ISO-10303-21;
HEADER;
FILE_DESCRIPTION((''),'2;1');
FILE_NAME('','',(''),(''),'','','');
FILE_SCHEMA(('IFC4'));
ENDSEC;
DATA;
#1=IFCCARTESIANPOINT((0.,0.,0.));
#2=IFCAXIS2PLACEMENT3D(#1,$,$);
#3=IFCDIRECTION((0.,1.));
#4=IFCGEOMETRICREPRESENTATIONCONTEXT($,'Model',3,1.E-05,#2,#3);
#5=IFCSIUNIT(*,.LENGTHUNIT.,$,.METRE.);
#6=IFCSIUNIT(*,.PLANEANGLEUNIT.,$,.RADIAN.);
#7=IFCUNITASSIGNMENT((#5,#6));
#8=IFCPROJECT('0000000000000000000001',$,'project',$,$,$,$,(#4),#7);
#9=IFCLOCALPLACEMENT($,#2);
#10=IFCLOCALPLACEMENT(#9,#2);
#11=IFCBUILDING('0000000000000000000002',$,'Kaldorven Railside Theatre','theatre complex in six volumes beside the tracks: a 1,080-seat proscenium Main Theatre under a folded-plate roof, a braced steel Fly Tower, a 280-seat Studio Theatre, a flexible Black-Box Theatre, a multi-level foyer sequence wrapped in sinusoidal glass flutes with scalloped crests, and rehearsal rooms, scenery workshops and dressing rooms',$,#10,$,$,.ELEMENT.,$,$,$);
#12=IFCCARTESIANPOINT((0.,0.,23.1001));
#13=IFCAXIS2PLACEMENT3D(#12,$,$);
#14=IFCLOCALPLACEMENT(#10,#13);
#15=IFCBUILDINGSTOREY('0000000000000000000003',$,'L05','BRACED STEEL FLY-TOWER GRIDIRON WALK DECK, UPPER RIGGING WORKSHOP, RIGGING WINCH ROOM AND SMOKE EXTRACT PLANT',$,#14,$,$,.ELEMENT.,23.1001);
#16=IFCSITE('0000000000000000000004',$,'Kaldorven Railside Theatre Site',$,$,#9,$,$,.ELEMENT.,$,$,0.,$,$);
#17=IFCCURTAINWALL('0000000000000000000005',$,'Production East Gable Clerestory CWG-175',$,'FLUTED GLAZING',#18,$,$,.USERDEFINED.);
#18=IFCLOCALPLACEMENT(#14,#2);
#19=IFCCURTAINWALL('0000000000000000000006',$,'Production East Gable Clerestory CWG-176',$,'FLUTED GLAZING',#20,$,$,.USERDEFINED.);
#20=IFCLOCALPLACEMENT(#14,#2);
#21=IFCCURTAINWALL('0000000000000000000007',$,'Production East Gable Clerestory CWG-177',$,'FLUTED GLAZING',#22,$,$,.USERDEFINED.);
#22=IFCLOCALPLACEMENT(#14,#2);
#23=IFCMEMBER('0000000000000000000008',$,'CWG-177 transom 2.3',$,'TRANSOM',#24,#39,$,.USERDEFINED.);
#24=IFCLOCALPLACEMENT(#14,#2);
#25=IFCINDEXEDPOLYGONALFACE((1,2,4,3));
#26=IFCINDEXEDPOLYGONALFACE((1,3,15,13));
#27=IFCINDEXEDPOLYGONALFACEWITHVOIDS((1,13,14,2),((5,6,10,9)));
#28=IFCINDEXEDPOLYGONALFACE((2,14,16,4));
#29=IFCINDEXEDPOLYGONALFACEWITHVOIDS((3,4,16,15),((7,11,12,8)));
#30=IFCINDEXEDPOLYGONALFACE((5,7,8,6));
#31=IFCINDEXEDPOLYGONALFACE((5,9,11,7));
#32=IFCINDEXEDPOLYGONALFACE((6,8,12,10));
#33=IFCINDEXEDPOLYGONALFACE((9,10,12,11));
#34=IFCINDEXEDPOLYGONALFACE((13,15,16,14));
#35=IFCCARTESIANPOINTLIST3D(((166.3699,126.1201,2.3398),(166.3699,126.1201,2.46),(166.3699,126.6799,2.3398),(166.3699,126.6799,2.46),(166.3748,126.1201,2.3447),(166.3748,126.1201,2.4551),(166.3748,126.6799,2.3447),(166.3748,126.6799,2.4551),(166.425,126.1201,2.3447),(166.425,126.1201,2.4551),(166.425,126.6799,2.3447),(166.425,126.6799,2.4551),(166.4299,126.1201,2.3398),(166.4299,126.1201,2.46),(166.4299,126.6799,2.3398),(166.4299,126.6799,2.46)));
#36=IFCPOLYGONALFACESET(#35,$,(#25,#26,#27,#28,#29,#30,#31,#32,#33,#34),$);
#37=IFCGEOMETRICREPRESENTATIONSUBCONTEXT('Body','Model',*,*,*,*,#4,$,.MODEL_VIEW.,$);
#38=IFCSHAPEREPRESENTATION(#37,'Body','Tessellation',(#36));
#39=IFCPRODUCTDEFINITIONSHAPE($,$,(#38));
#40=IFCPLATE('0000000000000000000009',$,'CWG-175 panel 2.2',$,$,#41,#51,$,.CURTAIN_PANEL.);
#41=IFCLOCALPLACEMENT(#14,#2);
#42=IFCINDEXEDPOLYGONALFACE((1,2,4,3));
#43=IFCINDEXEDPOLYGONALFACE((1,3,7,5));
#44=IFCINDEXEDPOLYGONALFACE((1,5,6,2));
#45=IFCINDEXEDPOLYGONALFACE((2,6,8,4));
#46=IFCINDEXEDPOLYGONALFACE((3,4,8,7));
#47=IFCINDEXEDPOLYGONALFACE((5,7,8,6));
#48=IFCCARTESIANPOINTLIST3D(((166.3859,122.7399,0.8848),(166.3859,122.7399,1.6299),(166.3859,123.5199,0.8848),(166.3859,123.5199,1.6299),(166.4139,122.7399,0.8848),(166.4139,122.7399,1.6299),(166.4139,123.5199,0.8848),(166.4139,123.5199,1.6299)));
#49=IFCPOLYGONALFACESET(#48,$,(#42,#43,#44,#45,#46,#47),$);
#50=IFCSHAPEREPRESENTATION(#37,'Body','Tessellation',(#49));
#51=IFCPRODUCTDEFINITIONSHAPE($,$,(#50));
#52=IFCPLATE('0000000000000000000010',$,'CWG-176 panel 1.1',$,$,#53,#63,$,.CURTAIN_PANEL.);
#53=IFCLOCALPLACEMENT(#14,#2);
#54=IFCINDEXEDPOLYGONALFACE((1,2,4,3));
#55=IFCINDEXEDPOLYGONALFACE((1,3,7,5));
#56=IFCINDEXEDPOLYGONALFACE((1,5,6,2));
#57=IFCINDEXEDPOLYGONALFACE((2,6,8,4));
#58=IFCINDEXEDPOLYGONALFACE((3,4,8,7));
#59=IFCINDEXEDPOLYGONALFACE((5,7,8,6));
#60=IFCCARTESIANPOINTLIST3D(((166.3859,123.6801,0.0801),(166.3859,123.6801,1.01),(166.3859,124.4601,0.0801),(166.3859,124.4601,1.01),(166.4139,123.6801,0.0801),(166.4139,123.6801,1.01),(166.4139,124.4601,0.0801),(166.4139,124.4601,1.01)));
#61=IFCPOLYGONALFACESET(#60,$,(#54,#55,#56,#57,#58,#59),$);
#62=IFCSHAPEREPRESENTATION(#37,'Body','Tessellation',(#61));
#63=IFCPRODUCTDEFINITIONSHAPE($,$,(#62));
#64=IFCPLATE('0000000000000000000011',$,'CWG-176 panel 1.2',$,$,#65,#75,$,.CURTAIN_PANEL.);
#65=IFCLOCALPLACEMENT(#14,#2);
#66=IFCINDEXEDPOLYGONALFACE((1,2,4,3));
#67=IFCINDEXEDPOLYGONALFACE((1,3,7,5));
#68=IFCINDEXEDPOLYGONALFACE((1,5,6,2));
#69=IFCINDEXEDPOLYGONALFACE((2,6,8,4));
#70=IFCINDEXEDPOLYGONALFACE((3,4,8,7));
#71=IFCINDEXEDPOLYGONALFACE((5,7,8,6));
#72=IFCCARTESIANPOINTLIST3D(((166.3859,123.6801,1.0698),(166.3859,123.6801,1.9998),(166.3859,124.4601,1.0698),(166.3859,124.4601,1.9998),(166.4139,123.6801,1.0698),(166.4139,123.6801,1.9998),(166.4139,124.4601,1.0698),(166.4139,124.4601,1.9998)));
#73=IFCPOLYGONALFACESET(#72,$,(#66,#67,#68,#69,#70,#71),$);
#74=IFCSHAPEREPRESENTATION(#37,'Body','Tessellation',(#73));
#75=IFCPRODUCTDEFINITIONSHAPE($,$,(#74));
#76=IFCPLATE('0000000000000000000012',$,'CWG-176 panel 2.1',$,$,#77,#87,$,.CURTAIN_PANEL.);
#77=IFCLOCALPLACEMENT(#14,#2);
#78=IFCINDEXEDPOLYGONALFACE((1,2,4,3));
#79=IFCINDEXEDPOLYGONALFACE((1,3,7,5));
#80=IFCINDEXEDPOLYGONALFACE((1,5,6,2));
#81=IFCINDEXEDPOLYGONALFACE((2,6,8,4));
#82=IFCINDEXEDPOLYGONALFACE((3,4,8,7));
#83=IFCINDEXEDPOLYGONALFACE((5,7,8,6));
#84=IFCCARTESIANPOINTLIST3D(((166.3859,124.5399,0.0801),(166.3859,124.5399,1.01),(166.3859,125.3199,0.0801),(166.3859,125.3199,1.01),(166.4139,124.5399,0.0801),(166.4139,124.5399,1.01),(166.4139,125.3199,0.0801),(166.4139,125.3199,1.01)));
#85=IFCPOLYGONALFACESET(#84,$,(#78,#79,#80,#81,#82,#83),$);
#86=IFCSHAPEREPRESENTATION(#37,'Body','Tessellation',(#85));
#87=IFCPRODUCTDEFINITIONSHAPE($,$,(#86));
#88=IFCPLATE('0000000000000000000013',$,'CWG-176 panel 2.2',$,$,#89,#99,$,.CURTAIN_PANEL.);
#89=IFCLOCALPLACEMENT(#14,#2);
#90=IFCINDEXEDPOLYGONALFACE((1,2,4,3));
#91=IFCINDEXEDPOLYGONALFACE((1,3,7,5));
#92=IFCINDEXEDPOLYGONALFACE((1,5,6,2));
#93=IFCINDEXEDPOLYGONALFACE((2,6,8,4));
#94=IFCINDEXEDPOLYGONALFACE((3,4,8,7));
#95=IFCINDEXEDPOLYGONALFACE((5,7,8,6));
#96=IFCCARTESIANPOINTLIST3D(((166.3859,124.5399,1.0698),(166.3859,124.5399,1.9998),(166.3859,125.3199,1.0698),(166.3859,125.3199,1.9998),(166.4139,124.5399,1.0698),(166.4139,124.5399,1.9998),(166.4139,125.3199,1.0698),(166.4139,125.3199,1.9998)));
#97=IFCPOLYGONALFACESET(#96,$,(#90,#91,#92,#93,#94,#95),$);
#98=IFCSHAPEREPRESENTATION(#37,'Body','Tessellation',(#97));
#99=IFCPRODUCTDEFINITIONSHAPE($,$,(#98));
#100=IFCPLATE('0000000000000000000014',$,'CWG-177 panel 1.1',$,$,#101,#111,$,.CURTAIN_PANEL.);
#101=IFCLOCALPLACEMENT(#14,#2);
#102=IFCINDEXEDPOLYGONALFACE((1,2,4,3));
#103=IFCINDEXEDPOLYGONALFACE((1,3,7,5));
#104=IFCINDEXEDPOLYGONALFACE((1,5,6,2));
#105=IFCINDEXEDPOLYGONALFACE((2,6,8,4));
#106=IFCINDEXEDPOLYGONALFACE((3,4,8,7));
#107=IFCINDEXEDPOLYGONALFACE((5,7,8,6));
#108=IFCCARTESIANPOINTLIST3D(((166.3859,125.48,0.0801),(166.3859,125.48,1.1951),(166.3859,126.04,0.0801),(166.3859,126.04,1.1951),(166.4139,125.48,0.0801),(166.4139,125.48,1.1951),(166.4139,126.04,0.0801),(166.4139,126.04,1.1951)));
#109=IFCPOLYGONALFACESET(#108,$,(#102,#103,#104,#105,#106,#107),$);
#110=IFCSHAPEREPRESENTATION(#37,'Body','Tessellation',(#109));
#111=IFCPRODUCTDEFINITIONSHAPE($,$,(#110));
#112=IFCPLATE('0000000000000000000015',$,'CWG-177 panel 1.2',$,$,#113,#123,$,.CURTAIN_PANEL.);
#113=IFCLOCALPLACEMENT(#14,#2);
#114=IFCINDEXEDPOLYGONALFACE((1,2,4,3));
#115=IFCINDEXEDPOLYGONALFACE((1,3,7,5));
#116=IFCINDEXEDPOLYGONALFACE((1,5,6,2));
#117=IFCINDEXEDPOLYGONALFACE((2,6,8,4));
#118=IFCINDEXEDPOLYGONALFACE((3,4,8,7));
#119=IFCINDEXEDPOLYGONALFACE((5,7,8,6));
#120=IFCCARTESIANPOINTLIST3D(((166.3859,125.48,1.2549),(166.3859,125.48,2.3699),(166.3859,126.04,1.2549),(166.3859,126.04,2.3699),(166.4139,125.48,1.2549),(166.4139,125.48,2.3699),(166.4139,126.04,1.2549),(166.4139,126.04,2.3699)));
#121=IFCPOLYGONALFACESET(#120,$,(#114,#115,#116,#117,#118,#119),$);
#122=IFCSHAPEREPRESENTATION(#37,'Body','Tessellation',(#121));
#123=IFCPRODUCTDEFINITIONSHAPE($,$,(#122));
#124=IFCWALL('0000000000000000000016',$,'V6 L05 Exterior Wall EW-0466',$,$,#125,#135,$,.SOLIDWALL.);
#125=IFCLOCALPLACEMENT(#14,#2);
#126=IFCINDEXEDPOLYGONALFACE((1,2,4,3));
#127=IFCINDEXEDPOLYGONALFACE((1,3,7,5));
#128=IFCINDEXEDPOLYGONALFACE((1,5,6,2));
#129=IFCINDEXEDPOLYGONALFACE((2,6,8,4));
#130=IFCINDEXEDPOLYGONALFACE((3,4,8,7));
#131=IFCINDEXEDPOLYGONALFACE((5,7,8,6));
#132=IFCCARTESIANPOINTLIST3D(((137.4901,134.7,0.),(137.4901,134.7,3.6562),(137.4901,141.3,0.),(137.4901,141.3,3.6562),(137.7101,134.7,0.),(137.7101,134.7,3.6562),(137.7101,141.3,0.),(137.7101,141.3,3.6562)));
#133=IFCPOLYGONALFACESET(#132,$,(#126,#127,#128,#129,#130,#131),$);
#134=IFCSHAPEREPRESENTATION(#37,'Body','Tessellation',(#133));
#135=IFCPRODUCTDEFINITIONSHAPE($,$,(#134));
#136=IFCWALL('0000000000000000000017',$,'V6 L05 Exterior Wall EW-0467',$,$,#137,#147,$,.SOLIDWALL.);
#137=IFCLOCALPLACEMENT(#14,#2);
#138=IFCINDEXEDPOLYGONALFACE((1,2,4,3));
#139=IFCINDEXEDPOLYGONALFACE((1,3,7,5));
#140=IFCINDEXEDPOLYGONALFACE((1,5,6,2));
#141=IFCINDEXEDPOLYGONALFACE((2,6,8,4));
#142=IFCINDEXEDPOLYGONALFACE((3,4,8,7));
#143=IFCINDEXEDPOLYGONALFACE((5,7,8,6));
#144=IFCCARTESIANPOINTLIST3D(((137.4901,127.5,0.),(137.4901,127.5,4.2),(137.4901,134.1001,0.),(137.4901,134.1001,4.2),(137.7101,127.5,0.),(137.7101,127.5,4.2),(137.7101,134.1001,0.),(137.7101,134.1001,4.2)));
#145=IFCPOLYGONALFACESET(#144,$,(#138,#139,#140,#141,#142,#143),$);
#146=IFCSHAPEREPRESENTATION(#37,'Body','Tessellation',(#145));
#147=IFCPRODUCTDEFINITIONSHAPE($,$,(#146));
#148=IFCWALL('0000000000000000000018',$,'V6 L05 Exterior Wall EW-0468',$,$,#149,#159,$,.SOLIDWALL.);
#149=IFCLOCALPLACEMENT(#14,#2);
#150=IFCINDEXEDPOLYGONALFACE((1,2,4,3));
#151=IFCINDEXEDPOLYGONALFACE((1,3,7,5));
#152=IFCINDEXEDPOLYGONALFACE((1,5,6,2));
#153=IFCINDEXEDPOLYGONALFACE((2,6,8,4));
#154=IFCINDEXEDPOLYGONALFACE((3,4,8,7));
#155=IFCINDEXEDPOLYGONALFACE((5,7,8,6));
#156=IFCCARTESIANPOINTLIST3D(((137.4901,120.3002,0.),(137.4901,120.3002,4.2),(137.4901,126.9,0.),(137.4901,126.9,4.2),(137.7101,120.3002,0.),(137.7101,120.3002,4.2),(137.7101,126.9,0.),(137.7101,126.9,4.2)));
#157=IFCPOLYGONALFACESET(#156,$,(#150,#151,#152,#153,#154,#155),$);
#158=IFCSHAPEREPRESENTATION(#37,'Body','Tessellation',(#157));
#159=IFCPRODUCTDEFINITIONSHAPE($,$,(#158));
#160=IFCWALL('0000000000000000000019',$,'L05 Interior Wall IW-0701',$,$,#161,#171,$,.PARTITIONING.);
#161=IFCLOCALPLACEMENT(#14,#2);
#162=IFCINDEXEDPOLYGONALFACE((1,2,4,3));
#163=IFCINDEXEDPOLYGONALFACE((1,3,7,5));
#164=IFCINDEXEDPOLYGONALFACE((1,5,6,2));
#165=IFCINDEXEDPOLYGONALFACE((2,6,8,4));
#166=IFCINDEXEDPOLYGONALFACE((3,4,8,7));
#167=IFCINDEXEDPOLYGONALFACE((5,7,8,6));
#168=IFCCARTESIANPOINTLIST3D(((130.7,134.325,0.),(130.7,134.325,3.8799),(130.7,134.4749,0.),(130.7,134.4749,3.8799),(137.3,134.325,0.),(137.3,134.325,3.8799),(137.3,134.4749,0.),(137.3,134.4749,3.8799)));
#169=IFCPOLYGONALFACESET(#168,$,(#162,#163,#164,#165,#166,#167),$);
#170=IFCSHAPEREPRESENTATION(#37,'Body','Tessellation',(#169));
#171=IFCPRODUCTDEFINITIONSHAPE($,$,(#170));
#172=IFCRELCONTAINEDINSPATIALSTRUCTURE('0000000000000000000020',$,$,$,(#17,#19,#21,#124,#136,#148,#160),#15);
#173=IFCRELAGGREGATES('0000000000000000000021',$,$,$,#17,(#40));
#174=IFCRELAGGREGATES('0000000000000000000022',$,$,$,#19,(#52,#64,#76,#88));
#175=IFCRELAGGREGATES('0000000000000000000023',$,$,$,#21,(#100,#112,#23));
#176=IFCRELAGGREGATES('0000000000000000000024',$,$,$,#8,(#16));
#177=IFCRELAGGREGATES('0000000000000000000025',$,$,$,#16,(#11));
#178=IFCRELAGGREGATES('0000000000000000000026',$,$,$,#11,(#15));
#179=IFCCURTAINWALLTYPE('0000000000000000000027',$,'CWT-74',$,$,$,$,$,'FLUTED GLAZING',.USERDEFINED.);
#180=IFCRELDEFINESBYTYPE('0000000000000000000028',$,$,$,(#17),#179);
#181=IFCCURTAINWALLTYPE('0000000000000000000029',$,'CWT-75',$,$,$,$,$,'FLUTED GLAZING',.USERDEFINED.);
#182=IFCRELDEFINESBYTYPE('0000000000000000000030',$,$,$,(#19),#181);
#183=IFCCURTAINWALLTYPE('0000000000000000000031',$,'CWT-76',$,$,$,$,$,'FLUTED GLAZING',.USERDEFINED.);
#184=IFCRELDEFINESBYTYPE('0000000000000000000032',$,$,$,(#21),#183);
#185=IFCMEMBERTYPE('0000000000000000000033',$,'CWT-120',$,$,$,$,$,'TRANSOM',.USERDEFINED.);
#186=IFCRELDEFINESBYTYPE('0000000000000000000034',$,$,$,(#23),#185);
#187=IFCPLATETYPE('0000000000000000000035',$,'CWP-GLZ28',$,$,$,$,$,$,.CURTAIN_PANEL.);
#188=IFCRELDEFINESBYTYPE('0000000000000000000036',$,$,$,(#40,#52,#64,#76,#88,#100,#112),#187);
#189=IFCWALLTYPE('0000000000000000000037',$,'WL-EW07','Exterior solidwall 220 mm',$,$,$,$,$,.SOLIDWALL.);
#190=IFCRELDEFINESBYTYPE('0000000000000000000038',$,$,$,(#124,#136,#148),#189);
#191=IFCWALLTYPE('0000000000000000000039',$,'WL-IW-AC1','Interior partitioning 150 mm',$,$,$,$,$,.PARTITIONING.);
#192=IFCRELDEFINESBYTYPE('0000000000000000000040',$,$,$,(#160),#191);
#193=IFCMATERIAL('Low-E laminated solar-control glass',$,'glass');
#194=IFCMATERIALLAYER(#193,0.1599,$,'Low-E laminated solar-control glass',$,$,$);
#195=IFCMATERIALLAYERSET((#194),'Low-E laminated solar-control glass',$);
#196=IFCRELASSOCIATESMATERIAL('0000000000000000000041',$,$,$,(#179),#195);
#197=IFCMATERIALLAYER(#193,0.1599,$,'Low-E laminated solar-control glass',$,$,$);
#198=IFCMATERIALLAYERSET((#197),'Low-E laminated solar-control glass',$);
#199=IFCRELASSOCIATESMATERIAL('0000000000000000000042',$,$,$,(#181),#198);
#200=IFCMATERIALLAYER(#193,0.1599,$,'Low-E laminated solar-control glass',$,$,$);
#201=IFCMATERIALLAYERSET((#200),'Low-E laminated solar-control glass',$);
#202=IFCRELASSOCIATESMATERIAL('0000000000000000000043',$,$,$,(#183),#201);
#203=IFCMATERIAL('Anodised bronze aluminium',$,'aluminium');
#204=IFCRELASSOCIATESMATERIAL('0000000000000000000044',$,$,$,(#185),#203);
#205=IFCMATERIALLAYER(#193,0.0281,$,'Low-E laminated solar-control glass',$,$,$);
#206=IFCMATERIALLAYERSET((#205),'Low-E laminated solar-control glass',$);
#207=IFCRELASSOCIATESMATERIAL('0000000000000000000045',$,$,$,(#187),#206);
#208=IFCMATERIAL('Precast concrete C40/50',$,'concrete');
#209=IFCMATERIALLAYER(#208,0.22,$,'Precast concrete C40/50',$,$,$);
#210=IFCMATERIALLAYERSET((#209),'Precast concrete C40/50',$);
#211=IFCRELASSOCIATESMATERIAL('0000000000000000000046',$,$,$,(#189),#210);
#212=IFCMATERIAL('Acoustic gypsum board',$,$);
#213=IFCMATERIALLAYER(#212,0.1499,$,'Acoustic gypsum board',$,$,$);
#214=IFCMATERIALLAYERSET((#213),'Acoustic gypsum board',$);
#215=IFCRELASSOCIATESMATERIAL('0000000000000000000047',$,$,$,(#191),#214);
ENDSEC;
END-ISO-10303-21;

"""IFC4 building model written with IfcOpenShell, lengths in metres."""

from ifc_helpers import new_model, si_unit, direction, frame, frame_2d, origin, origin_2d, place, context, subcontext, project, spatial, rectangle, hollow_rectangle, extrude, material, layer, layer_set, material_profile, profile_set, type_object, element, aggregate, save


model = new_model("IFC4")

# Units and contexts
model_context = context("Model", 3, precision=1e-05, world=origin(), true_north=direction((0.0, 1.0)))
body_context = subcontext(model_context, "Body", "Model", "MODEL_VIEW")
ifc_project = project(units=[si_unit("LENGTHUNIT", "METRE"), si_unit("PLANEANGLEUNIT", "RADIAN")], contexts=[model_context])

# Site, building, storey
site_placement = place(None, origin())
site = spatial("IfcSite", under=ifc_project, at=site_placement, Name="Kaldorven Railside Theatre Site", CompositionType="ELEMENT", RefElevation=0.0)
building_placement = place(site_placement, origin())
building = spatial("IfcBuilding", under=site, at=building_placement, Name="Kaldorven Railside Theatre", Description="theatre complex in six volumes beside the tracks: a 1,080-seat proscenium Main Theatre under a folded-plate roof, a braced steel Fly Tower, a 280-seat Studio Theatre, a flexible Black-Box Theatre, a multi-level foyer sequence wrapped in sinusoidal glass flutes with scalloped crests, and rehearsal rooms, scenery workshops and dressing rooms", CompositionType="ELEMENT")
storey_placement = place(building_placement, frame((0.0, 0.0, 23.1001)))
storey = spatial("IfcBuildingStorey", under=building, at=storey_placement, Name="L05", Description="BRACED STEEL FLY-TOWER GRIDIRON WALK DECK, UPPER RIGGING WORKSHOP, RIGGING WINCH ROOM AND SMOKE EXTRACT PLANT", CompositionType="ELEMENT", Elevation=23.1001)

# Curtain wall
ifc_material_1 = material(Name="Low-E laminated solar-control glass", Category="glass")
ifc_layer_1 = layer(ifc_material_1, 0.1599, Name="Low-E laminated solar-control glass")
ifc_layer_set_1 = layer_set([ifc_layer_1], Name="Low-E laminated solar-control glass")
curtain_wall_type_1 = type_object("IfcCurtainWallType", Name="CWT-74", ElementType="FLUTED GLAZING", PredefinedType="USERDEFINED", material=ifc_layer_set_1)
curtain_wall_1_placement = place(storey_placement, origin())
curtain_wall_1 = element("IfcCurtainWall", 1, at=curtain_wall_1_placement, inside=storey, type_object=curtain_wall_type_1, Name="Production East Gable Clerestory CWG-175", ObjectType="FLUTED GLAZING", PredefinedType="USERDEFINED")
ifc_material_2 = material(Name="Anodised bronze aluminium", Category="aluminium")

# Curtain walls
ifc_layer_2 = layer(ifc_material_1, 0.1599, Name="Low-E laminated solar-control glass")
ifc_layer_set_2 = layer_set([ifc_layer_2], Name="Low-E laminated solar-control glass")
curtain_wall_type_2 = type_object("IfcCurtainWallType", Name="CWT-75", ElementType="FLUTED GLAZING", PredefinedType="USERDEFINED", material=ifc_layer_set_2)
curtain_wall_2_placement = place(storey_placement, origin())
curtain_wall_2 = element("IfcCurtainWall", 2, at=curtain_wall_2_placement, inside=storey, type_object=curtain_wall_type_2, Name="Production East Gable Clerestory CWG-176", ObjectType="FLUTED GLAZING", PredefinedType="USERDEFINED")
ifc_layer_3 = layer(ifc_material_1, 0.1599, Name="Low-E laminated solar-control glass")
ifc_layer_set_3 = layer_set([ifc_layer_3], Name="Low-E laminated solar-control glass")
curtain_wall_type_3 = type_object("IfcCurtainWallType", Name="CWT-76", ElementType="FLUTED GLAZING", PredefinedType="USERDEFINED", material=ifc_layer_set_3)
curtain_wall_3_placement = place(storey_placement, origin())
curtain_wall_3 = element("IfcCurtainWall", 3, at=curtain_wall_3_placement, inside=storey, type_object=curtain_wall_type_3, Name="Production East Gable Clerestory CWG-177", ObjectType="FLUTED GLAZING", PredefinedType="USERDEFINED")

# Member
ifc_material_profile_1 = material_profile(ifc_material_2, hollow_rectangle(XDim=0.0601, YDim=0.1201, WallThickness=0.0049, at=origin_2d()), Name="RHS 120x60x5")
ifc_profile_set_1 = profile_set([ifc_material_profile_1], Name="Anodised bronze aluminium")
member_type_1 = type_object("IfcMemberType", Name="CWT-120", ElementType="TRANSOM", PredefinedType="USERDEFINED", material=ifc_profile_set_1)
member_1_placement = place(storey_placement, frame((166.3999, 126.1201, 2.3999), z_axis=(0.0, 1.0, 0.0), x_axis=(-1.0, 0.0, 0.0)))
member_1 = element("IfcMember", 4, at=member_1_placement, type_object=member_type_1, Name="CWG-177 transom 2.3", ObjectType="TRANSOM", PredefinedType="USERDEFINED", context=body_context, shape_type="SweptSolid", body=[
    extrude(hollow_rectangle(XDim=0.0601, YDim=0.1201, WallThickness=0.0049, at=origin_2d()), origin(), (0.0, 0.0, 1.0), 0.5598),
])

# Plates
ifc_layer_4 = layer(ifc_material_1, 0.0281, Name="Low-E laminated solar-control glass")
ifc_layer_set_4 = layer_set([ifc_layer_4], Name="Low-E laminated solar-control glass")
plate_type = type_object("IfcPlateType", Name="CWP-GLZ28", PredefinedType="CURTAIN_PANEL", material=ifc_layer_set_4)
plate_1_placement = place(storey_placement, frame((166.3999, 123.1299, 0.8848), z_axis=(0.0, 0.0, 1.0), x_axis=(0.0, 1.0, 0.0)))
plate_1 = element("IfcPlate", 5, at=plate_1_placement, type_object=plate_type, Name="CWG-175 panel 2.2", PredefinedType="CURTAIN_PANEL", context=body_context, shape_type="SweptSolid", body=[
    extrude(rectangle(XDim=0.78, YDim=0.0281, at=origin_2d()), origin(), (0.0, 0.0, 1.0), 0.7451),
])
aggregate(curtain_wall_1, [plate_1])
plate_2_placement = place(storey_placement, frame((166.3999, 124.0701, 0.0801), z_axis=(0.0, 0.0, 1.0), x_axis=(0.0, 1.0, 0.0)))
plate_2 = element("IfcPlate", 6, at=plate_2_placement, type_object=plate_type, Name="CWG-176 panel 1.1", PredefinedType="CURTAIN_PANEL", context=body_context, shape_type="SweptSolid", body=[
    extrude(rectangle(XDim=0.78, YDim=0.0281, at=origin_2d()), origin(), (0.0, 0.0, 1.0), 0.9299),
])
plate_3_placement = place(storey_placement, frame((166.3999, 124.0701, 1.0698), z_axis=(0.0, 0.0, 1.0), x_axis=(0.0, 1.0, 0.0)))
plate_3 = element("IfcPlate", 7, at=plate_3_placement, type_object=plate_type, Name="CWG-176 panel 1.2", PredefinedType="CURTAIN_PANEL", context=body_context, shape_type="SweptSolid", body=[
    extrude(rectangle(XDim=0.78, YDim=0.0281, at=origin_2d()), origin(), (0.0, 0.0, 1.0), 0.9299),
])
plate_4_placement = place(storey_placement, frame((166.3999, 124.9299, 0.0801), z_axis=(0.0, 0.0, 1.0), x_axis=(0.0, 1.0, 0.0)))
plate_4 = element("IfcPlate", 8, at=plate_4_placement, type_object=plate_type, Name="CWG-176 panel 2.1", PredefinedType="CURTAIN_PANEL", context=body_context, shape_type="SweptSolid", body=[
    extrude(rectangle(XDim=0.78, YDim=0.0281, at=origin_2d()), origin(), (0.0, 0.0, 1.0), 0.9299),
])
plate_5_placement = place(storey_placement, frame((166.3999, 124.9299, 1.0698), z_axis=(0.0, 0.0, 1.0), x_axis=(0.0, 1.0, 0.0)))
plate_5 = element("IfcPlate", 9, at=plate_5_placement, type_object=plate_type, Name="CWG-176 panel 2.2", PredefinedType="CURTAIN_PANEL", context=body_context, shape_type="SweptSolid", body=[
    extrude(rectangle(XDim=0.78, YDim=0.0281, at=origin_2d()), origin(), (0.0, 0.0, 1.0), 0.9299),
])
aggregate(curtain_wall_2, [plate_2, plate_3, plate_4, plate_5])
plate_6_placement = place(storey_placement, frame((166.3999, 125.76, 0.0801), z_axis=(0.0, 0.0, 1.0), x_axis=(0.0, 1.0, 0.0)))
plate_6 = element("IfcPlate", 10, at=plate_6_placement, type_object=plate_type, Name="CWG-177 panel 1.1", PredefinedType="CURTAIN_PANEL", context=body_context, shape_type="SweptSolid", body=[
    extrude(rectangle(XDim=0.5601, YDim=0.0281, at=origin_2d()), origin(), (0.0, 0.0, 1.0), 1.115),
])
plate_7_placement = place(storey_placement, frame((166.3999, 125.76, 1.2549), z_axis=(0.0, 0.0, 1.0), x_axis=(0.0, 1.0, 0.0)))
plate_7 = element("IfcPlate", 11, at=plate_7_placement, type_object=plate_type, Name="CWG-177 panel 1.2", PredefinedType="CURTAIN_PANEL", context=body_context, shape_type="SweptSolid", body=[
    extrude(rectangle(XDim=0.5601, YDim=0.0281, at=origin_2d()), origin(), (0.0, 0.0, 1.0), 1.115),
])
aggregate(curtain_wall_3, [plate_6, plate_7, member_1])

# Walls
ifc_material_3 = material(Name="Precast concrete C40/50", Category="concrete")
ifc_layer_5 = layer(ifc_material_3, 0.22, Name="Precast concrete C40/50")
ifc_layer_set_5 = layer_set([ifc_layer_5], Name="Precast concrete C40/50")
wall_type_1 = type_object("IfcWallType", Name="WL-EW07", Description="Exterior solidwall 220 mm", PredefinedType="SOLIDWALL", material=ifc_layer_set_5)
wall_1_placement = place(storey_placement, frame((137.6001, 141.3, 0.0), z_axis=(0.0, 0.0, 1.0), x_axis=(0.0, -1.0, 0.0)))
element("IfcWall", 12, at=wall_1_placement, inside=storey, type_object=wall_type_1, Name="V6 L05 Exterior Wall EW-0466", PredefinedType="SOLIDWALL", context=body_context, shape_type="SweptSolid", body=[
    extrude(rectangle(XDim=6.6001, YDim=0.22, at=frame_2d((3.3, 0.0))), origin(), (0.0, 0.0, 1.0), 3.6562),
])
wall_2_placement = place(storey_placement, frame((137.6001, 134.1001, 0.0), z_axis=(0.0, 0.0, 1.0), x_axis=(0.0, -1.0, 0.0)))
element("IfcWall", 13, at=wall_2_placement, inside=storey, type_object=wall_type_1, Name="V6 L05 Exterior Wall EW-0467", PredefinedType="SOLIDWALL", context=body_context, shape_type="SweptSolid", body=[
    extrude(rectangle(XDim=6.6001, YDim=0.22, at=frame_2d((3.3, 0.0))), origin(), (0.0, 0.0, 1.0), 4.2),
])
wall_3_placement = place(storey_placement, frame((137.6001, 126.8999, 0.0), z_axis=(0.0, 0.0, 1.0), x_axis=(0.0, -1.0, 0.0)))
element("IfcWall", 14, at=wall_3_placement, inside=storey, type_object=wall_type_1, Name="V6 L05 Exterior Wall EW-0468", PredefinedType="SOLIDWALL", context=body_context, shape_type="SweptSolid", body=[
    extrude(rectangle(XDim=6.5999, YDim=0.22, at=frame_2d((3.2998, 0.0))), origin(), (0.0, 0.0, 1.0), 4.2),
])
ifc_material_4 = material(Name="Acoustic gypsum board")
ifc_layer_6 = layer(ifc_material_4, 0.1499, Name="Acoustic gypsum board")
ifc_layer_set_6 = layer_set([ifc_layer_6], Name="Acoustic gypsum board")
wall_type_2 = type_object("IfcWallType", Name="WL-IW-AC1", Description="Interior partitioning 150 mm", PredefinedType="PARTITIONING", material=ifc_layer_set_6)
wall_4_placement = place(storey_placement, frame((137.3, 134.3999, 0.0), z_axis=(0.0, 0.0, 1.0), x_axis=(-1.0, 0.0, 0.0)))
element("IfcWall", 15, at=wall_4_placement, inside=storey, type_object=wall_type_2, Name="L05 Interior Wall IW-0701", PredefinedType="PARTITIONING", context=body_context, shape_type="SweptSolid", body=[
    extrude(rectangle(XDim=6.6001, YDim=0.1499, at=frame_2d((3.3, 0.0))), origin(), (0.0, 0.0, 1.0), 3.8799),
])

save(model, "model.ifc")
